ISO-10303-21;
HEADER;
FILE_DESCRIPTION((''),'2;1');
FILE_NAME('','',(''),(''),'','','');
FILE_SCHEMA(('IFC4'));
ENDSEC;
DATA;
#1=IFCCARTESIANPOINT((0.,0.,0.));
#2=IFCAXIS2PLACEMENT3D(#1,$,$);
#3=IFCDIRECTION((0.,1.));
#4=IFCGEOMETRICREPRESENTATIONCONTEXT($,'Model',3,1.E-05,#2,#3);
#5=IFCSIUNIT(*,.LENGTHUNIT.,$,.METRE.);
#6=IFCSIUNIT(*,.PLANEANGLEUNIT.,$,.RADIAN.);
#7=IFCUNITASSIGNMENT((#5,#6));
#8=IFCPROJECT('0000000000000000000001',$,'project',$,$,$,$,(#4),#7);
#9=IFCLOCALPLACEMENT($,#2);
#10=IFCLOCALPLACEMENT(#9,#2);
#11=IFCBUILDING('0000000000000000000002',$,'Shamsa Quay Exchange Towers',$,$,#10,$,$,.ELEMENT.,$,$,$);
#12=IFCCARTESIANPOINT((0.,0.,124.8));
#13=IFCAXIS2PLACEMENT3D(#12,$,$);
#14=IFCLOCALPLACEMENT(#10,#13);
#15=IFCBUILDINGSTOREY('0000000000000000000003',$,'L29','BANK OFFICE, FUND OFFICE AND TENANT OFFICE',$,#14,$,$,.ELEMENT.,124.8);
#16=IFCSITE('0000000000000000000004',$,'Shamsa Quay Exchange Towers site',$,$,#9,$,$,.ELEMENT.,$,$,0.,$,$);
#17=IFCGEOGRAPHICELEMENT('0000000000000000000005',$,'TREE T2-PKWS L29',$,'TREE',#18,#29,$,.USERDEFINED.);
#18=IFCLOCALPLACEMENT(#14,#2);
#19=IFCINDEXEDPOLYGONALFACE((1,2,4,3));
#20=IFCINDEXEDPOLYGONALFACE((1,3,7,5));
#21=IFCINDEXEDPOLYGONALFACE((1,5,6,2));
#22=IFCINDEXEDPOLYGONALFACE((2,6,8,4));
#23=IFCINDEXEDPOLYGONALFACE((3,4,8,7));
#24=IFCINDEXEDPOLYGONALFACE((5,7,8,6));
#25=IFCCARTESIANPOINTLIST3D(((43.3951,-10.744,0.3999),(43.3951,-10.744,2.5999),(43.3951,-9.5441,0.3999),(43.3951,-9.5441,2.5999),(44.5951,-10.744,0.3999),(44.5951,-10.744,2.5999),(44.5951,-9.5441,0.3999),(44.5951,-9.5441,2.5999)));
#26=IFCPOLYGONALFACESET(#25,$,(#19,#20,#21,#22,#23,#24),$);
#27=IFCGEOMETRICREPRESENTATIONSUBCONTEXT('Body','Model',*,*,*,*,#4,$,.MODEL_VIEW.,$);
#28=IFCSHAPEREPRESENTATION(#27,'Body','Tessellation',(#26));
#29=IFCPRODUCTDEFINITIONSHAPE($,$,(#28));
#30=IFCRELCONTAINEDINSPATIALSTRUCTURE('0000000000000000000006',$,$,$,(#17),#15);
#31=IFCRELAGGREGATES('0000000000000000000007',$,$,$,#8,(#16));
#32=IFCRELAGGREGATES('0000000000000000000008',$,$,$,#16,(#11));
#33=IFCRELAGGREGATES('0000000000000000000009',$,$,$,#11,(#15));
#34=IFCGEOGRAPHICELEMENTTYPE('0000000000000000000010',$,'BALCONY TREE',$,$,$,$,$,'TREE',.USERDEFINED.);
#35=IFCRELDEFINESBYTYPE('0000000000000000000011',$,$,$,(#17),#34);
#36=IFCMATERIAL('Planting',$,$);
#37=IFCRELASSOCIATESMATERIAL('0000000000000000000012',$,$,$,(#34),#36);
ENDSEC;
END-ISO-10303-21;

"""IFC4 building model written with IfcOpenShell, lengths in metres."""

from ifc_helpers import new_model, si_unit, direction, frame, origin, origin_2d, place, context, subcontext, project, spatial, rectangle, extrude, material, type_object, element, save


model = new_model("IFC4")

# Units and contexts
model_context = context("Model", 3, precision=1e-05, world=origin(), true_north=direction((0.0, 1.0)))
body_context = subcontext(model_context, "Body", "Model", "MODEL_VIEW")
ifc_project = project(units=[si_unit("LENGTHUNIT", "METRE"), si_unit("PLANEANGLEUNIT", "RADIAN")], contexts=[model_context])

# Site, building, storey
site_placement = place(None, origin())
site = spatial("IfcSite", under=ifc_project, at=site_placement, Name="Shamsa Quay Exchange Towers site", CompositionType="ELEMENT", RefElevation=0.0)
building_placement = place(site_placement, origin())
building = spatial("IfcBuilding", under=site, at=building_placement, Name="Shamsa Quay Exchange Towers", CompositionType="ELEMENT")
storey_placement = place(building_placement, frame((0.0, 0.0, 124.8)))
storey = spatial("IfcBuildingStorey", under=building, at=storey_placement, Name="L29", Description="BANK OFFICE, FUND OFFICE AND TENANT OFFICE", CompositionType="ELEMENT", Elevation=124.8)

# Geographic element
ifc_material_1 = material(Name="Planting")
geographic_element_type = type_object("IfcGeographicElementType", Name="BALCONY TREE", ElementType="TREE", PredefinedType="USERDEFINED", material=ifc_material_1)
geographic_element_placement = place(storey_placement, frame((43.9951, -10.144, 0.3999), z_axis=(0.0, 0.0, 1.0), x_axis=(0.0, 1.0, 0.0)))
element("IfcGeographicElement", 1, at=geographic_element_placement, inside=storey, type_object=geographic_element_type, Name="TREE T2-PKWS L29", ObjectType="TREE", PredefinedType="USERDEFINED", context=body_context, shape_type="SweptSolid", body=[
    extrude(rectangle(XDim=1.2, YDim=1.2, at=origin_2d()), origin(), (0.0, 0.0, 1.0), 2.2),
])

save(model, "model.ifc")
